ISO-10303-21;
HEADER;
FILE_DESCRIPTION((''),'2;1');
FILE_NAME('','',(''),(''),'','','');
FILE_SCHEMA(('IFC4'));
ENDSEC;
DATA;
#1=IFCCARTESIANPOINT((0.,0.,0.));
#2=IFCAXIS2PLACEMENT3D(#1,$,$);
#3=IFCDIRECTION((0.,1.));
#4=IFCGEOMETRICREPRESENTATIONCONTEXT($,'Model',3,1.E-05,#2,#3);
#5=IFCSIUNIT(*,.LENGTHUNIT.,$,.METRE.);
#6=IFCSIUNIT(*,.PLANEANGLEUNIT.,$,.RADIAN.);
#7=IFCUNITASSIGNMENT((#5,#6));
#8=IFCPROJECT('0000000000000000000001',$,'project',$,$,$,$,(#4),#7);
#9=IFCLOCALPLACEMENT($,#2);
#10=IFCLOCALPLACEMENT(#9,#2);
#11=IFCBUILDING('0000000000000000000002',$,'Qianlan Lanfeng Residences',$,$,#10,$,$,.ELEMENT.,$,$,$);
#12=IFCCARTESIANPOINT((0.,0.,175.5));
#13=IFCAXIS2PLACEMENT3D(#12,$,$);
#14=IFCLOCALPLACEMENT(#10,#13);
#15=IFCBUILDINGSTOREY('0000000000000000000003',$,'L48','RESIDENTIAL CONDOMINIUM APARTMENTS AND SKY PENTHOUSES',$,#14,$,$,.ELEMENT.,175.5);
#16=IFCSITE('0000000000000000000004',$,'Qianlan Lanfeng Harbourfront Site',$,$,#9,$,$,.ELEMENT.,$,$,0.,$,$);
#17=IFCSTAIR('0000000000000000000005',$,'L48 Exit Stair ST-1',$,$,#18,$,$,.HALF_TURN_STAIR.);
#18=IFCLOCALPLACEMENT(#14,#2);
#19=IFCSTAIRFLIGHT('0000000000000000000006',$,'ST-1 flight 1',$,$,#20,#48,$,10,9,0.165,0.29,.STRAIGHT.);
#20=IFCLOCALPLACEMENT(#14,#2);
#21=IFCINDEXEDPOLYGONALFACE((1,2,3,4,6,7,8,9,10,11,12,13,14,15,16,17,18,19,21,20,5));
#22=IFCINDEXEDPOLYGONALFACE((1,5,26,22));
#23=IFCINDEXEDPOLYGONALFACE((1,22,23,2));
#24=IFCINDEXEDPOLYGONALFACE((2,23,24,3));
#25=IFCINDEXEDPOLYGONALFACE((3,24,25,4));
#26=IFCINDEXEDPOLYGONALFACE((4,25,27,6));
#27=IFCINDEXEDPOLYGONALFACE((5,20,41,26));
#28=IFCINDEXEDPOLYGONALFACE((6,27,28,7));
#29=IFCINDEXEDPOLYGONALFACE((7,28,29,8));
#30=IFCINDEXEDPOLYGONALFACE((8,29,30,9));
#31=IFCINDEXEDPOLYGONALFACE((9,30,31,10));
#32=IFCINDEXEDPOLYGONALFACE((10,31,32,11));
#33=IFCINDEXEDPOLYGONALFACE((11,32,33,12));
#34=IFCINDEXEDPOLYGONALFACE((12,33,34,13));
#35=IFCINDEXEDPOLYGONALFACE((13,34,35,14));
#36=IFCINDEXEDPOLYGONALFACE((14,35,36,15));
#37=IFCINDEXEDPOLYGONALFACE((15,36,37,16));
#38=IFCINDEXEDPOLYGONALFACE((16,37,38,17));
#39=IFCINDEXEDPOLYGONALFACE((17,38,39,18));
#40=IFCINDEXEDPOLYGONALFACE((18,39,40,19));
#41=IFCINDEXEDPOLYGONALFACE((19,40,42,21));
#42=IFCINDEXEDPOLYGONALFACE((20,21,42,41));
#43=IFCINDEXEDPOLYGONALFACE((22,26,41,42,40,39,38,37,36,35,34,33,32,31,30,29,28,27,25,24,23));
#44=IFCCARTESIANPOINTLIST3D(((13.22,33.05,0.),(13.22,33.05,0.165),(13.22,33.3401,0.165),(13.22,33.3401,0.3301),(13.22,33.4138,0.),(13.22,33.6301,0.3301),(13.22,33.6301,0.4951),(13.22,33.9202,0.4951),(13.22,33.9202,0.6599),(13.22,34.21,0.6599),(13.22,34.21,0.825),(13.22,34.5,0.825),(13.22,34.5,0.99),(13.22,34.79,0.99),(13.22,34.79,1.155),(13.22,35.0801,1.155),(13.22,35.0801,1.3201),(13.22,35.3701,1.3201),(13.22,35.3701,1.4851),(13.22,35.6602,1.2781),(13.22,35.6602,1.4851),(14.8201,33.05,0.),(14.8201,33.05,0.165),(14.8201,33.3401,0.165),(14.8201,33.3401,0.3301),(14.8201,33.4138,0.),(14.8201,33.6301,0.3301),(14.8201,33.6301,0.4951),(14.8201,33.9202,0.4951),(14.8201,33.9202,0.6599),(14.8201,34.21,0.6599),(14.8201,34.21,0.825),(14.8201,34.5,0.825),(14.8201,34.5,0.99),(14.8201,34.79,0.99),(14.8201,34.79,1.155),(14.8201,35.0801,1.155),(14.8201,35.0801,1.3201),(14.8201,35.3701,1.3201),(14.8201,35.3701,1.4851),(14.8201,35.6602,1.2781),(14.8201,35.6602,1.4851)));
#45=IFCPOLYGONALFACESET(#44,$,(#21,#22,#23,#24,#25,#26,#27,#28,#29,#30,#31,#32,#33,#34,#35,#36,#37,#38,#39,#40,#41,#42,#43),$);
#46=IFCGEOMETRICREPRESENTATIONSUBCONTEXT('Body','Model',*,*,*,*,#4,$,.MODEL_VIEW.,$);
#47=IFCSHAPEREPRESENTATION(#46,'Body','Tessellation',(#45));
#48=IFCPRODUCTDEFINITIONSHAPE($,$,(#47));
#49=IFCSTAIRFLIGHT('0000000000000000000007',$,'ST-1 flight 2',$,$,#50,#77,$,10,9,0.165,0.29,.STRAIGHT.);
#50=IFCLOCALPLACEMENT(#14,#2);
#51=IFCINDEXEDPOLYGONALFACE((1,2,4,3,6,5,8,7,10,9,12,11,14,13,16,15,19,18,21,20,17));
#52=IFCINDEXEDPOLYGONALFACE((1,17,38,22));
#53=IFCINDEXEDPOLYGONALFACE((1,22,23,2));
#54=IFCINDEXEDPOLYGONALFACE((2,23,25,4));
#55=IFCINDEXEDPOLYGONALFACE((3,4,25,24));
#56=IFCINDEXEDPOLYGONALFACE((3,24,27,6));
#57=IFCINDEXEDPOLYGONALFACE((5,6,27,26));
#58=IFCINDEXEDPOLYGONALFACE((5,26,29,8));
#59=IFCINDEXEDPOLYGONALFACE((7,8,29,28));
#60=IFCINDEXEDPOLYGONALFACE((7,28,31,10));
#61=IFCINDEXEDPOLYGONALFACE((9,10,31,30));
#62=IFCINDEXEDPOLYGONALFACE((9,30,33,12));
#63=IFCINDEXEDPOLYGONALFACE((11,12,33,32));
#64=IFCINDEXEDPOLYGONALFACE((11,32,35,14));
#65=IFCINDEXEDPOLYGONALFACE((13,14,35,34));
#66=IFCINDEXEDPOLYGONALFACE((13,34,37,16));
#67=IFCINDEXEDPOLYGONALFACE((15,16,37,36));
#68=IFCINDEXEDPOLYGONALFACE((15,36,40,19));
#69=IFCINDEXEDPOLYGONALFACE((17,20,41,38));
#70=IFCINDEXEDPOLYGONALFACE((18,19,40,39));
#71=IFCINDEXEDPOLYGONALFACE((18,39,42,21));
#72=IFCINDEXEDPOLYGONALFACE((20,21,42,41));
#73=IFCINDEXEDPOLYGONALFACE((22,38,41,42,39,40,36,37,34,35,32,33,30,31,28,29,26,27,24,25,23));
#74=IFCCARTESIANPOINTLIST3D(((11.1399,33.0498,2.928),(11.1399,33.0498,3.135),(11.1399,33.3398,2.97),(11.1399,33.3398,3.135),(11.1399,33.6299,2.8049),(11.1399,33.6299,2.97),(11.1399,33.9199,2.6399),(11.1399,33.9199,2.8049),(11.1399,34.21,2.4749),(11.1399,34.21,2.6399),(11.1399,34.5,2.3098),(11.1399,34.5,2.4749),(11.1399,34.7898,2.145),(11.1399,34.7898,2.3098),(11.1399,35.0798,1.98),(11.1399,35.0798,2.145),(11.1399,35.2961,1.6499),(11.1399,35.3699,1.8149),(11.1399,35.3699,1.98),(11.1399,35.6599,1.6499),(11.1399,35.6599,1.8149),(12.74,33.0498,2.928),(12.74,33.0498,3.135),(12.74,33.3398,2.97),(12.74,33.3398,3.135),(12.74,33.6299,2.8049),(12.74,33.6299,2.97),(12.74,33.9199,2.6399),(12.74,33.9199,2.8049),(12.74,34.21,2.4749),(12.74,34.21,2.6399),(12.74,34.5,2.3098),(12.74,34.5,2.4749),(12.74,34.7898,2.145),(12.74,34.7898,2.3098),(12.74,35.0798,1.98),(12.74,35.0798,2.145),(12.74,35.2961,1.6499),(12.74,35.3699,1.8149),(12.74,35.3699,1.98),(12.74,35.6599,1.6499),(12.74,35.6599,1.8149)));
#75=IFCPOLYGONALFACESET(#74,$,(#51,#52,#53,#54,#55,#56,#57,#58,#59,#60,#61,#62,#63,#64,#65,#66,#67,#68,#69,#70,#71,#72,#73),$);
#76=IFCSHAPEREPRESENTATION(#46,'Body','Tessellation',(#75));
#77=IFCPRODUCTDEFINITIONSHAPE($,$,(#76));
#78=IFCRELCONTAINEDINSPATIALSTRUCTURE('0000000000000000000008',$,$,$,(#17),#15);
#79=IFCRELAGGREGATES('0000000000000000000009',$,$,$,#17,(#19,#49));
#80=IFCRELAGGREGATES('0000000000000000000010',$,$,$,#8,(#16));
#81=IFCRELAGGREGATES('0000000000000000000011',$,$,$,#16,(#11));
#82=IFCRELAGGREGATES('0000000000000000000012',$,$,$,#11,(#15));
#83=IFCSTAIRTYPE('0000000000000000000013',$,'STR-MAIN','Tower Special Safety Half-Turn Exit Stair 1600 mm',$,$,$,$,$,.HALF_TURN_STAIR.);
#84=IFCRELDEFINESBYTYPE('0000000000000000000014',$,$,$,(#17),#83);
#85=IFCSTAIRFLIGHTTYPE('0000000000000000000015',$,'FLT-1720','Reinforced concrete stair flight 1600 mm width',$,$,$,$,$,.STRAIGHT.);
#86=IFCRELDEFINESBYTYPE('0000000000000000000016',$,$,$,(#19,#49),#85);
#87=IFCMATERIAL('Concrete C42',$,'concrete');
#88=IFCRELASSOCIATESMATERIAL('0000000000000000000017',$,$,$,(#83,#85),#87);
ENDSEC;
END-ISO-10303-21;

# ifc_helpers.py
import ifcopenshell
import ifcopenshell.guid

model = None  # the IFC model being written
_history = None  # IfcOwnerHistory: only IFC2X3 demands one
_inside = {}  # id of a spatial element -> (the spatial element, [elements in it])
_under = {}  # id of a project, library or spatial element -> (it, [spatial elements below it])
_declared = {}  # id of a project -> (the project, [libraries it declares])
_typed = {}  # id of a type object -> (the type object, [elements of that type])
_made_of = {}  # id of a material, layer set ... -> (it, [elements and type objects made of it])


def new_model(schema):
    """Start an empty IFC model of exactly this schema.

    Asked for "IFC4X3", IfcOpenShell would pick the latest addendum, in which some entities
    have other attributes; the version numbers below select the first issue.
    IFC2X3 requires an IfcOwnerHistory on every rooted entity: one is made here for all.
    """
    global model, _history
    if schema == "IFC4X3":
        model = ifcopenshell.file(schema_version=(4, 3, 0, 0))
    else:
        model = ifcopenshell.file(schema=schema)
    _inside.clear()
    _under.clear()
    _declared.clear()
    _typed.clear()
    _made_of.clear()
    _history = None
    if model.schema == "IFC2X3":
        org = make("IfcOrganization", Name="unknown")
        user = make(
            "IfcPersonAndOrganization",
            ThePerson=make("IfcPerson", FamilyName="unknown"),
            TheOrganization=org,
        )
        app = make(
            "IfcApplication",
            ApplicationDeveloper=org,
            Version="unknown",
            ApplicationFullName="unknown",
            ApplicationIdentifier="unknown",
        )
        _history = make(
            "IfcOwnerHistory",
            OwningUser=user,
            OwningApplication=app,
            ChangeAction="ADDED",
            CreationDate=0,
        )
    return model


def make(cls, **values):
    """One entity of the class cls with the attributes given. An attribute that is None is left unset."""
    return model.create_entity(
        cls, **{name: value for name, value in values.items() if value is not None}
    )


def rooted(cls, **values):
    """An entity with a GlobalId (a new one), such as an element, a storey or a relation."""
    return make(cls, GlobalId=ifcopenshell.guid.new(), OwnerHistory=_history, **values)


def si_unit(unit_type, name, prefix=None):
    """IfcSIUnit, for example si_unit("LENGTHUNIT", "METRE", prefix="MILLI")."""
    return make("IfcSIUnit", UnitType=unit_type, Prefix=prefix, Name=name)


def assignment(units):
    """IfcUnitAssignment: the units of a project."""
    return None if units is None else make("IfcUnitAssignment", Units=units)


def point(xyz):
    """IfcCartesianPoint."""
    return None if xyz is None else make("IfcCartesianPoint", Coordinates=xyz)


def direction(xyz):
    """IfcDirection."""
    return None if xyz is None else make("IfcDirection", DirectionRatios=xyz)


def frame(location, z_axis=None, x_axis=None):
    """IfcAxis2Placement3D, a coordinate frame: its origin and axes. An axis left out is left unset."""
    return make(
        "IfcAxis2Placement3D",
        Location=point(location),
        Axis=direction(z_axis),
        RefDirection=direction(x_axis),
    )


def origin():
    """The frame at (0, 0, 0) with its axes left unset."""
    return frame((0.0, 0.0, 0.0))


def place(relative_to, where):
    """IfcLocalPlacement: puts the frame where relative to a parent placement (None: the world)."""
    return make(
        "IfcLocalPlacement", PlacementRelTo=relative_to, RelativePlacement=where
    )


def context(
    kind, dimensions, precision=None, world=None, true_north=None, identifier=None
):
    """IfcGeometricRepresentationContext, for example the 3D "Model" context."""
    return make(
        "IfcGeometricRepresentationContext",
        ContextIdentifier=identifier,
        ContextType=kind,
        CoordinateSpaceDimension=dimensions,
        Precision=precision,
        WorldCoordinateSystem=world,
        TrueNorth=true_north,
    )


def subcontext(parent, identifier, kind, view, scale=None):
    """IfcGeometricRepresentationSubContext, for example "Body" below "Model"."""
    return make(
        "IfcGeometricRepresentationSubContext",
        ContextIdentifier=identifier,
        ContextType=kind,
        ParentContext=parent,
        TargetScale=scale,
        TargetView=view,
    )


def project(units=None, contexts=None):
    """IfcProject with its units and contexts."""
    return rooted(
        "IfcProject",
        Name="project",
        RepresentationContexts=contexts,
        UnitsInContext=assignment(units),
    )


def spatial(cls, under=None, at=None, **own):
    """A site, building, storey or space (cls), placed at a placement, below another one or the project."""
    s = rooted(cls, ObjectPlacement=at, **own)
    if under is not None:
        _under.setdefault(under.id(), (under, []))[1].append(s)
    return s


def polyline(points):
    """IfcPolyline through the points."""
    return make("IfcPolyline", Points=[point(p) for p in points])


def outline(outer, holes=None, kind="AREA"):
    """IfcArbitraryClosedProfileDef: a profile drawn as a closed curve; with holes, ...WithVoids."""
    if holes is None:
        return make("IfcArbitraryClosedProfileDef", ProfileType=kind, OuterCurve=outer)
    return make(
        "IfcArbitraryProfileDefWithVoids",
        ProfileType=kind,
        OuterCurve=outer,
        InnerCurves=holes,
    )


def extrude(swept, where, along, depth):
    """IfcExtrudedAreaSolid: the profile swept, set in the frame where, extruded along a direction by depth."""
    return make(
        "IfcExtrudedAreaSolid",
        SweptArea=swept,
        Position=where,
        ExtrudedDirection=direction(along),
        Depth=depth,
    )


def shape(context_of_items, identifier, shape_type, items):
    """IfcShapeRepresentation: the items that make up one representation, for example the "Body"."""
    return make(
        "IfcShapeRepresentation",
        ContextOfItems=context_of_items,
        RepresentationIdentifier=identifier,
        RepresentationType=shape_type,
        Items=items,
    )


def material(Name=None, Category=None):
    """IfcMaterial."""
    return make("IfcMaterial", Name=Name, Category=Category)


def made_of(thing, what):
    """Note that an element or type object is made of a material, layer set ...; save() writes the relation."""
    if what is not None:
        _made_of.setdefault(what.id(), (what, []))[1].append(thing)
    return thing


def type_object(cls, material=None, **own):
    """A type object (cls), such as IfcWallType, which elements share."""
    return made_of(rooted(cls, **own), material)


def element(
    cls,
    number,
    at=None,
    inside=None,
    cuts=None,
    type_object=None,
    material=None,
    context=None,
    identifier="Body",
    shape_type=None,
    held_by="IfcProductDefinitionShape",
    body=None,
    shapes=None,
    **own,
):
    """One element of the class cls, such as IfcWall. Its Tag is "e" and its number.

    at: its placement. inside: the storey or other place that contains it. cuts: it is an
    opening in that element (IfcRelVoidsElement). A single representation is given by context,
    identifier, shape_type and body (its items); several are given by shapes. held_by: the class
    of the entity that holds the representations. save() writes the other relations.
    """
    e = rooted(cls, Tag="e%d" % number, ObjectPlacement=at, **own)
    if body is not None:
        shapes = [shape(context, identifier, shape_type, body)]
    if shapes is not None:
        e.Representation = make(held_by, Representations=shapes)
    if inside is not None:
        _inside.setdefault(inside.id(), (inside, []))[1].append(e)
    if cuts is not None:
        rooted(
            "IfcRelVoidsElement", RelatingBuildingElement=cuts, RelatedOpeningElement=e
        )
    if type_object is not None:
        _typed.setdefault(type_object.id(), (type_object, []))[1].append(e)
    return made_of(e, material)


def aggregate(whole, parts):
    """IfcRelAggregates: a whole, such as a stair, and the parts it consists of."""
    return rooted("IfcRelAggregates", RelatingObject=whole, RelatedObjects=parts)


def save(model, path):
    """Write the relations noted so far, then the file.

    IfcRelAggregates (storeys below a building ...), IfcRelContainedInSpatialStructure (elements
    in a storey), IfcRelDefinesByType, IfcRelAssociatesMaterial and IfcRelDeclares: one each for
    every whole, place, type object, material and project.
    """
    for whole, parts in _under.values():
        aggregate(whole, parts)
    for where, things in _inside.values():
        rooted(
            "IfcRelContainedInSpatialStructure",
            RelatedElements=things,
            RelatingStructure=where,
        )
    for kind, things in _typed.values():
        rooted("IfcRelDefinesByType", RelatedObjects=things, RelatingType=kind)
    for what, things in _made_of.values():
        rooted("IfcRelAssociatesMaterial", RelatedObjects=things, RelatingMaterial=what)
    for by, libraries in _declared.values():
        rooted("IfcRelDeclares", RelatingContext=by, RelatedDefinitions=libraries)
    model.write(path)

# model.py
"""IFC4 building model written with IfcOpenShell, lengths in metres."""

from ifc_helpers import new_model, si_unit, direction, frame, origin, place, context, subcontext, project, spatial, polyline, outline, extrude, material, type_object, element, aggregate, save


model = new_model("IFC4")

# Units and contexts
model_context = context("Model", 3, precision=1e-05, world=origin(), true_north=direction((0.0, 1.0)))
body_context = subcontext(model_context, "Body", "Model", "MODEL_VIEW")
ifc_project = project(units=[si_unit("LENGTHUNIT", "METRE"), si_unit("PLANEANGLEUNIT", "RADIAN")], contexts=[model_context])

# Site, building, storey
site_placement = place(None, origin())
site = spatial("IfcSite", under=ifc_project, at=site_placement, Name="Qianlan Lanfeng Harbourfront Site", CompositionType="ELEMENT", RefElevation=0.0)
building_placement = place(site_placement, origin())
building = spatial("IfcBuilding", under=site, at=building_placement, Name="Qianlan Lanfeng Residences", CompositionType="ELEMENT")
storey_placement = place(building_placement, frame((0.0, 0.0, 175.5)))
storey = spatial("IfcBuildingStorey", under=building, at=storey_placement, Name="L48", Description="RESIDENTIAL CONDOMINIUM APARTMENTS AND SKY PENTHOUSES", CompositionType="ELEMENT", Elevation=175.5)

# Shared definitions
ifc_material_1 = material(Name="Concrete C42", Category="concrete")

# Stair, stair flights
stair_type = type_object("IfcStairType", Name="STR-MAIN", Description="Tower Special Safety Half-Turn Exit Stair 1600 mm", PredefinedType="HALF_TURN_STAIR", material=ifc_material_1)
stair_placement = place(storey_placement, origin())
stair = element("IfcStair", 1, at=stair_placement, inside=storey, type_object=stair_type, Name="L48 Exit Stair ST-1", PredefinedType="HALF_TURN_STAIR")
stair_flight_type = type_object("IfcStairFlightType", Name="FLT-1720", Description="Reinforced concrete stair flight 1600 mm width", PredefinedType="STRAIGHT", material=ifc_material_1)
stair_flight_1_placement = place(storey_placement, frame((14.02, 33.05, 0.0), z_axis=(0.0, 0.0, 1.0), x_axis=(0.0, 1.0, 0.0)))
stair_flight_1 = element("IfcStairFlight", 2, at=stair_flight_1_placement, type_object=stair_flight_type, Name="ST-1 flight 1", NumberOfRisers=10, NumberOfTreads=9, PredefinedType="STRAIGHT", RiserHeight=0.165, TreadLength=0.29, context=body_context, shape_type="SweptSolid", body=[
    extrude(outline(polyline([(0.0, 0.0), (0.0, 0.165), (0.29, 0.165), (0.29, 0.3301), (0.5801, 0.3301), (0.5801, 0.4951), (0.8701, 0.4951), (0.8701, 0.6599), (1.1599, 0.6599), (1.1599, 0.825), (1.45, 0.825), (1.45, 0.99), (1.74, 0.99), (1.74, 1.155), (2.03, 1.155), (2.03, 1.3201), (2.3201, 1.3201), (2.3201, 1.4851), (2.6101, 1.4851), (2.6101, 1.6499), (2.6101, 1.2781), (0.3638, 0.0), (0.0, 0.0)])), frame((0.0, 0.8, 0.0), z_axis=(0.0, -1.0, 0.0), x_axis=(1.0, 0.0, 0.0)), (0.0, 0.0, 1.0), 1.6001),
])
stair_flight_2_placement = place(storey_placement, frame((11.9399, 35.6599, 1.6499), z_axis=(0.0, 0.0, 1.0), x_axis=(0.0, -1.0, 0.0)))
stair_flight_2 = element("IfcStairFlight", 3, at=stair_flight_2_placement, type_object=stair_flight_type, Name="ST-1 flight 2", NumberOfRisers=10, NumberOfTreads=9, PredefinedType="STRAIGHT", RiserHeight=0.165, TreadLength=0.29, context=body_context, shape_type="SweptSolid", body=[
    extrude(outline(polyline([(0.0, 0.0), (0.0, 0.165), (0.29, 0.165), (0.29, 0.3301), (0.5801, 0.3301), (0.5801, 0.4951), (0.8701, 0.4951), (0.8701, 0.6599), (1.1599, 0.6599), (1.1599, 0.825), (1.45, 0.825), (1.45, 0.99), (1.74, 0.99), (1.74, 1.155), (2.03, 1.155), (2.03, 1.3201), (2.3201, 1.3201), (2.3201, 1.4851), (2.6101, 1.4851), (2.6101, 1.6499), (2.6101, 1.2781), (0.3638, 0.0), (0.0, 0.0)])), frame((0.0, 0.8, 0.0), z_axis=(0.0, -1.0, 0.0), x_axis=(1.0, 0.0, 0.0)), (0.0, 0.0, 1.0), 1.6001),
])
aggregate(stair, [stair_flight_1, stair_flight_2])

save(model, "model.ifc")
